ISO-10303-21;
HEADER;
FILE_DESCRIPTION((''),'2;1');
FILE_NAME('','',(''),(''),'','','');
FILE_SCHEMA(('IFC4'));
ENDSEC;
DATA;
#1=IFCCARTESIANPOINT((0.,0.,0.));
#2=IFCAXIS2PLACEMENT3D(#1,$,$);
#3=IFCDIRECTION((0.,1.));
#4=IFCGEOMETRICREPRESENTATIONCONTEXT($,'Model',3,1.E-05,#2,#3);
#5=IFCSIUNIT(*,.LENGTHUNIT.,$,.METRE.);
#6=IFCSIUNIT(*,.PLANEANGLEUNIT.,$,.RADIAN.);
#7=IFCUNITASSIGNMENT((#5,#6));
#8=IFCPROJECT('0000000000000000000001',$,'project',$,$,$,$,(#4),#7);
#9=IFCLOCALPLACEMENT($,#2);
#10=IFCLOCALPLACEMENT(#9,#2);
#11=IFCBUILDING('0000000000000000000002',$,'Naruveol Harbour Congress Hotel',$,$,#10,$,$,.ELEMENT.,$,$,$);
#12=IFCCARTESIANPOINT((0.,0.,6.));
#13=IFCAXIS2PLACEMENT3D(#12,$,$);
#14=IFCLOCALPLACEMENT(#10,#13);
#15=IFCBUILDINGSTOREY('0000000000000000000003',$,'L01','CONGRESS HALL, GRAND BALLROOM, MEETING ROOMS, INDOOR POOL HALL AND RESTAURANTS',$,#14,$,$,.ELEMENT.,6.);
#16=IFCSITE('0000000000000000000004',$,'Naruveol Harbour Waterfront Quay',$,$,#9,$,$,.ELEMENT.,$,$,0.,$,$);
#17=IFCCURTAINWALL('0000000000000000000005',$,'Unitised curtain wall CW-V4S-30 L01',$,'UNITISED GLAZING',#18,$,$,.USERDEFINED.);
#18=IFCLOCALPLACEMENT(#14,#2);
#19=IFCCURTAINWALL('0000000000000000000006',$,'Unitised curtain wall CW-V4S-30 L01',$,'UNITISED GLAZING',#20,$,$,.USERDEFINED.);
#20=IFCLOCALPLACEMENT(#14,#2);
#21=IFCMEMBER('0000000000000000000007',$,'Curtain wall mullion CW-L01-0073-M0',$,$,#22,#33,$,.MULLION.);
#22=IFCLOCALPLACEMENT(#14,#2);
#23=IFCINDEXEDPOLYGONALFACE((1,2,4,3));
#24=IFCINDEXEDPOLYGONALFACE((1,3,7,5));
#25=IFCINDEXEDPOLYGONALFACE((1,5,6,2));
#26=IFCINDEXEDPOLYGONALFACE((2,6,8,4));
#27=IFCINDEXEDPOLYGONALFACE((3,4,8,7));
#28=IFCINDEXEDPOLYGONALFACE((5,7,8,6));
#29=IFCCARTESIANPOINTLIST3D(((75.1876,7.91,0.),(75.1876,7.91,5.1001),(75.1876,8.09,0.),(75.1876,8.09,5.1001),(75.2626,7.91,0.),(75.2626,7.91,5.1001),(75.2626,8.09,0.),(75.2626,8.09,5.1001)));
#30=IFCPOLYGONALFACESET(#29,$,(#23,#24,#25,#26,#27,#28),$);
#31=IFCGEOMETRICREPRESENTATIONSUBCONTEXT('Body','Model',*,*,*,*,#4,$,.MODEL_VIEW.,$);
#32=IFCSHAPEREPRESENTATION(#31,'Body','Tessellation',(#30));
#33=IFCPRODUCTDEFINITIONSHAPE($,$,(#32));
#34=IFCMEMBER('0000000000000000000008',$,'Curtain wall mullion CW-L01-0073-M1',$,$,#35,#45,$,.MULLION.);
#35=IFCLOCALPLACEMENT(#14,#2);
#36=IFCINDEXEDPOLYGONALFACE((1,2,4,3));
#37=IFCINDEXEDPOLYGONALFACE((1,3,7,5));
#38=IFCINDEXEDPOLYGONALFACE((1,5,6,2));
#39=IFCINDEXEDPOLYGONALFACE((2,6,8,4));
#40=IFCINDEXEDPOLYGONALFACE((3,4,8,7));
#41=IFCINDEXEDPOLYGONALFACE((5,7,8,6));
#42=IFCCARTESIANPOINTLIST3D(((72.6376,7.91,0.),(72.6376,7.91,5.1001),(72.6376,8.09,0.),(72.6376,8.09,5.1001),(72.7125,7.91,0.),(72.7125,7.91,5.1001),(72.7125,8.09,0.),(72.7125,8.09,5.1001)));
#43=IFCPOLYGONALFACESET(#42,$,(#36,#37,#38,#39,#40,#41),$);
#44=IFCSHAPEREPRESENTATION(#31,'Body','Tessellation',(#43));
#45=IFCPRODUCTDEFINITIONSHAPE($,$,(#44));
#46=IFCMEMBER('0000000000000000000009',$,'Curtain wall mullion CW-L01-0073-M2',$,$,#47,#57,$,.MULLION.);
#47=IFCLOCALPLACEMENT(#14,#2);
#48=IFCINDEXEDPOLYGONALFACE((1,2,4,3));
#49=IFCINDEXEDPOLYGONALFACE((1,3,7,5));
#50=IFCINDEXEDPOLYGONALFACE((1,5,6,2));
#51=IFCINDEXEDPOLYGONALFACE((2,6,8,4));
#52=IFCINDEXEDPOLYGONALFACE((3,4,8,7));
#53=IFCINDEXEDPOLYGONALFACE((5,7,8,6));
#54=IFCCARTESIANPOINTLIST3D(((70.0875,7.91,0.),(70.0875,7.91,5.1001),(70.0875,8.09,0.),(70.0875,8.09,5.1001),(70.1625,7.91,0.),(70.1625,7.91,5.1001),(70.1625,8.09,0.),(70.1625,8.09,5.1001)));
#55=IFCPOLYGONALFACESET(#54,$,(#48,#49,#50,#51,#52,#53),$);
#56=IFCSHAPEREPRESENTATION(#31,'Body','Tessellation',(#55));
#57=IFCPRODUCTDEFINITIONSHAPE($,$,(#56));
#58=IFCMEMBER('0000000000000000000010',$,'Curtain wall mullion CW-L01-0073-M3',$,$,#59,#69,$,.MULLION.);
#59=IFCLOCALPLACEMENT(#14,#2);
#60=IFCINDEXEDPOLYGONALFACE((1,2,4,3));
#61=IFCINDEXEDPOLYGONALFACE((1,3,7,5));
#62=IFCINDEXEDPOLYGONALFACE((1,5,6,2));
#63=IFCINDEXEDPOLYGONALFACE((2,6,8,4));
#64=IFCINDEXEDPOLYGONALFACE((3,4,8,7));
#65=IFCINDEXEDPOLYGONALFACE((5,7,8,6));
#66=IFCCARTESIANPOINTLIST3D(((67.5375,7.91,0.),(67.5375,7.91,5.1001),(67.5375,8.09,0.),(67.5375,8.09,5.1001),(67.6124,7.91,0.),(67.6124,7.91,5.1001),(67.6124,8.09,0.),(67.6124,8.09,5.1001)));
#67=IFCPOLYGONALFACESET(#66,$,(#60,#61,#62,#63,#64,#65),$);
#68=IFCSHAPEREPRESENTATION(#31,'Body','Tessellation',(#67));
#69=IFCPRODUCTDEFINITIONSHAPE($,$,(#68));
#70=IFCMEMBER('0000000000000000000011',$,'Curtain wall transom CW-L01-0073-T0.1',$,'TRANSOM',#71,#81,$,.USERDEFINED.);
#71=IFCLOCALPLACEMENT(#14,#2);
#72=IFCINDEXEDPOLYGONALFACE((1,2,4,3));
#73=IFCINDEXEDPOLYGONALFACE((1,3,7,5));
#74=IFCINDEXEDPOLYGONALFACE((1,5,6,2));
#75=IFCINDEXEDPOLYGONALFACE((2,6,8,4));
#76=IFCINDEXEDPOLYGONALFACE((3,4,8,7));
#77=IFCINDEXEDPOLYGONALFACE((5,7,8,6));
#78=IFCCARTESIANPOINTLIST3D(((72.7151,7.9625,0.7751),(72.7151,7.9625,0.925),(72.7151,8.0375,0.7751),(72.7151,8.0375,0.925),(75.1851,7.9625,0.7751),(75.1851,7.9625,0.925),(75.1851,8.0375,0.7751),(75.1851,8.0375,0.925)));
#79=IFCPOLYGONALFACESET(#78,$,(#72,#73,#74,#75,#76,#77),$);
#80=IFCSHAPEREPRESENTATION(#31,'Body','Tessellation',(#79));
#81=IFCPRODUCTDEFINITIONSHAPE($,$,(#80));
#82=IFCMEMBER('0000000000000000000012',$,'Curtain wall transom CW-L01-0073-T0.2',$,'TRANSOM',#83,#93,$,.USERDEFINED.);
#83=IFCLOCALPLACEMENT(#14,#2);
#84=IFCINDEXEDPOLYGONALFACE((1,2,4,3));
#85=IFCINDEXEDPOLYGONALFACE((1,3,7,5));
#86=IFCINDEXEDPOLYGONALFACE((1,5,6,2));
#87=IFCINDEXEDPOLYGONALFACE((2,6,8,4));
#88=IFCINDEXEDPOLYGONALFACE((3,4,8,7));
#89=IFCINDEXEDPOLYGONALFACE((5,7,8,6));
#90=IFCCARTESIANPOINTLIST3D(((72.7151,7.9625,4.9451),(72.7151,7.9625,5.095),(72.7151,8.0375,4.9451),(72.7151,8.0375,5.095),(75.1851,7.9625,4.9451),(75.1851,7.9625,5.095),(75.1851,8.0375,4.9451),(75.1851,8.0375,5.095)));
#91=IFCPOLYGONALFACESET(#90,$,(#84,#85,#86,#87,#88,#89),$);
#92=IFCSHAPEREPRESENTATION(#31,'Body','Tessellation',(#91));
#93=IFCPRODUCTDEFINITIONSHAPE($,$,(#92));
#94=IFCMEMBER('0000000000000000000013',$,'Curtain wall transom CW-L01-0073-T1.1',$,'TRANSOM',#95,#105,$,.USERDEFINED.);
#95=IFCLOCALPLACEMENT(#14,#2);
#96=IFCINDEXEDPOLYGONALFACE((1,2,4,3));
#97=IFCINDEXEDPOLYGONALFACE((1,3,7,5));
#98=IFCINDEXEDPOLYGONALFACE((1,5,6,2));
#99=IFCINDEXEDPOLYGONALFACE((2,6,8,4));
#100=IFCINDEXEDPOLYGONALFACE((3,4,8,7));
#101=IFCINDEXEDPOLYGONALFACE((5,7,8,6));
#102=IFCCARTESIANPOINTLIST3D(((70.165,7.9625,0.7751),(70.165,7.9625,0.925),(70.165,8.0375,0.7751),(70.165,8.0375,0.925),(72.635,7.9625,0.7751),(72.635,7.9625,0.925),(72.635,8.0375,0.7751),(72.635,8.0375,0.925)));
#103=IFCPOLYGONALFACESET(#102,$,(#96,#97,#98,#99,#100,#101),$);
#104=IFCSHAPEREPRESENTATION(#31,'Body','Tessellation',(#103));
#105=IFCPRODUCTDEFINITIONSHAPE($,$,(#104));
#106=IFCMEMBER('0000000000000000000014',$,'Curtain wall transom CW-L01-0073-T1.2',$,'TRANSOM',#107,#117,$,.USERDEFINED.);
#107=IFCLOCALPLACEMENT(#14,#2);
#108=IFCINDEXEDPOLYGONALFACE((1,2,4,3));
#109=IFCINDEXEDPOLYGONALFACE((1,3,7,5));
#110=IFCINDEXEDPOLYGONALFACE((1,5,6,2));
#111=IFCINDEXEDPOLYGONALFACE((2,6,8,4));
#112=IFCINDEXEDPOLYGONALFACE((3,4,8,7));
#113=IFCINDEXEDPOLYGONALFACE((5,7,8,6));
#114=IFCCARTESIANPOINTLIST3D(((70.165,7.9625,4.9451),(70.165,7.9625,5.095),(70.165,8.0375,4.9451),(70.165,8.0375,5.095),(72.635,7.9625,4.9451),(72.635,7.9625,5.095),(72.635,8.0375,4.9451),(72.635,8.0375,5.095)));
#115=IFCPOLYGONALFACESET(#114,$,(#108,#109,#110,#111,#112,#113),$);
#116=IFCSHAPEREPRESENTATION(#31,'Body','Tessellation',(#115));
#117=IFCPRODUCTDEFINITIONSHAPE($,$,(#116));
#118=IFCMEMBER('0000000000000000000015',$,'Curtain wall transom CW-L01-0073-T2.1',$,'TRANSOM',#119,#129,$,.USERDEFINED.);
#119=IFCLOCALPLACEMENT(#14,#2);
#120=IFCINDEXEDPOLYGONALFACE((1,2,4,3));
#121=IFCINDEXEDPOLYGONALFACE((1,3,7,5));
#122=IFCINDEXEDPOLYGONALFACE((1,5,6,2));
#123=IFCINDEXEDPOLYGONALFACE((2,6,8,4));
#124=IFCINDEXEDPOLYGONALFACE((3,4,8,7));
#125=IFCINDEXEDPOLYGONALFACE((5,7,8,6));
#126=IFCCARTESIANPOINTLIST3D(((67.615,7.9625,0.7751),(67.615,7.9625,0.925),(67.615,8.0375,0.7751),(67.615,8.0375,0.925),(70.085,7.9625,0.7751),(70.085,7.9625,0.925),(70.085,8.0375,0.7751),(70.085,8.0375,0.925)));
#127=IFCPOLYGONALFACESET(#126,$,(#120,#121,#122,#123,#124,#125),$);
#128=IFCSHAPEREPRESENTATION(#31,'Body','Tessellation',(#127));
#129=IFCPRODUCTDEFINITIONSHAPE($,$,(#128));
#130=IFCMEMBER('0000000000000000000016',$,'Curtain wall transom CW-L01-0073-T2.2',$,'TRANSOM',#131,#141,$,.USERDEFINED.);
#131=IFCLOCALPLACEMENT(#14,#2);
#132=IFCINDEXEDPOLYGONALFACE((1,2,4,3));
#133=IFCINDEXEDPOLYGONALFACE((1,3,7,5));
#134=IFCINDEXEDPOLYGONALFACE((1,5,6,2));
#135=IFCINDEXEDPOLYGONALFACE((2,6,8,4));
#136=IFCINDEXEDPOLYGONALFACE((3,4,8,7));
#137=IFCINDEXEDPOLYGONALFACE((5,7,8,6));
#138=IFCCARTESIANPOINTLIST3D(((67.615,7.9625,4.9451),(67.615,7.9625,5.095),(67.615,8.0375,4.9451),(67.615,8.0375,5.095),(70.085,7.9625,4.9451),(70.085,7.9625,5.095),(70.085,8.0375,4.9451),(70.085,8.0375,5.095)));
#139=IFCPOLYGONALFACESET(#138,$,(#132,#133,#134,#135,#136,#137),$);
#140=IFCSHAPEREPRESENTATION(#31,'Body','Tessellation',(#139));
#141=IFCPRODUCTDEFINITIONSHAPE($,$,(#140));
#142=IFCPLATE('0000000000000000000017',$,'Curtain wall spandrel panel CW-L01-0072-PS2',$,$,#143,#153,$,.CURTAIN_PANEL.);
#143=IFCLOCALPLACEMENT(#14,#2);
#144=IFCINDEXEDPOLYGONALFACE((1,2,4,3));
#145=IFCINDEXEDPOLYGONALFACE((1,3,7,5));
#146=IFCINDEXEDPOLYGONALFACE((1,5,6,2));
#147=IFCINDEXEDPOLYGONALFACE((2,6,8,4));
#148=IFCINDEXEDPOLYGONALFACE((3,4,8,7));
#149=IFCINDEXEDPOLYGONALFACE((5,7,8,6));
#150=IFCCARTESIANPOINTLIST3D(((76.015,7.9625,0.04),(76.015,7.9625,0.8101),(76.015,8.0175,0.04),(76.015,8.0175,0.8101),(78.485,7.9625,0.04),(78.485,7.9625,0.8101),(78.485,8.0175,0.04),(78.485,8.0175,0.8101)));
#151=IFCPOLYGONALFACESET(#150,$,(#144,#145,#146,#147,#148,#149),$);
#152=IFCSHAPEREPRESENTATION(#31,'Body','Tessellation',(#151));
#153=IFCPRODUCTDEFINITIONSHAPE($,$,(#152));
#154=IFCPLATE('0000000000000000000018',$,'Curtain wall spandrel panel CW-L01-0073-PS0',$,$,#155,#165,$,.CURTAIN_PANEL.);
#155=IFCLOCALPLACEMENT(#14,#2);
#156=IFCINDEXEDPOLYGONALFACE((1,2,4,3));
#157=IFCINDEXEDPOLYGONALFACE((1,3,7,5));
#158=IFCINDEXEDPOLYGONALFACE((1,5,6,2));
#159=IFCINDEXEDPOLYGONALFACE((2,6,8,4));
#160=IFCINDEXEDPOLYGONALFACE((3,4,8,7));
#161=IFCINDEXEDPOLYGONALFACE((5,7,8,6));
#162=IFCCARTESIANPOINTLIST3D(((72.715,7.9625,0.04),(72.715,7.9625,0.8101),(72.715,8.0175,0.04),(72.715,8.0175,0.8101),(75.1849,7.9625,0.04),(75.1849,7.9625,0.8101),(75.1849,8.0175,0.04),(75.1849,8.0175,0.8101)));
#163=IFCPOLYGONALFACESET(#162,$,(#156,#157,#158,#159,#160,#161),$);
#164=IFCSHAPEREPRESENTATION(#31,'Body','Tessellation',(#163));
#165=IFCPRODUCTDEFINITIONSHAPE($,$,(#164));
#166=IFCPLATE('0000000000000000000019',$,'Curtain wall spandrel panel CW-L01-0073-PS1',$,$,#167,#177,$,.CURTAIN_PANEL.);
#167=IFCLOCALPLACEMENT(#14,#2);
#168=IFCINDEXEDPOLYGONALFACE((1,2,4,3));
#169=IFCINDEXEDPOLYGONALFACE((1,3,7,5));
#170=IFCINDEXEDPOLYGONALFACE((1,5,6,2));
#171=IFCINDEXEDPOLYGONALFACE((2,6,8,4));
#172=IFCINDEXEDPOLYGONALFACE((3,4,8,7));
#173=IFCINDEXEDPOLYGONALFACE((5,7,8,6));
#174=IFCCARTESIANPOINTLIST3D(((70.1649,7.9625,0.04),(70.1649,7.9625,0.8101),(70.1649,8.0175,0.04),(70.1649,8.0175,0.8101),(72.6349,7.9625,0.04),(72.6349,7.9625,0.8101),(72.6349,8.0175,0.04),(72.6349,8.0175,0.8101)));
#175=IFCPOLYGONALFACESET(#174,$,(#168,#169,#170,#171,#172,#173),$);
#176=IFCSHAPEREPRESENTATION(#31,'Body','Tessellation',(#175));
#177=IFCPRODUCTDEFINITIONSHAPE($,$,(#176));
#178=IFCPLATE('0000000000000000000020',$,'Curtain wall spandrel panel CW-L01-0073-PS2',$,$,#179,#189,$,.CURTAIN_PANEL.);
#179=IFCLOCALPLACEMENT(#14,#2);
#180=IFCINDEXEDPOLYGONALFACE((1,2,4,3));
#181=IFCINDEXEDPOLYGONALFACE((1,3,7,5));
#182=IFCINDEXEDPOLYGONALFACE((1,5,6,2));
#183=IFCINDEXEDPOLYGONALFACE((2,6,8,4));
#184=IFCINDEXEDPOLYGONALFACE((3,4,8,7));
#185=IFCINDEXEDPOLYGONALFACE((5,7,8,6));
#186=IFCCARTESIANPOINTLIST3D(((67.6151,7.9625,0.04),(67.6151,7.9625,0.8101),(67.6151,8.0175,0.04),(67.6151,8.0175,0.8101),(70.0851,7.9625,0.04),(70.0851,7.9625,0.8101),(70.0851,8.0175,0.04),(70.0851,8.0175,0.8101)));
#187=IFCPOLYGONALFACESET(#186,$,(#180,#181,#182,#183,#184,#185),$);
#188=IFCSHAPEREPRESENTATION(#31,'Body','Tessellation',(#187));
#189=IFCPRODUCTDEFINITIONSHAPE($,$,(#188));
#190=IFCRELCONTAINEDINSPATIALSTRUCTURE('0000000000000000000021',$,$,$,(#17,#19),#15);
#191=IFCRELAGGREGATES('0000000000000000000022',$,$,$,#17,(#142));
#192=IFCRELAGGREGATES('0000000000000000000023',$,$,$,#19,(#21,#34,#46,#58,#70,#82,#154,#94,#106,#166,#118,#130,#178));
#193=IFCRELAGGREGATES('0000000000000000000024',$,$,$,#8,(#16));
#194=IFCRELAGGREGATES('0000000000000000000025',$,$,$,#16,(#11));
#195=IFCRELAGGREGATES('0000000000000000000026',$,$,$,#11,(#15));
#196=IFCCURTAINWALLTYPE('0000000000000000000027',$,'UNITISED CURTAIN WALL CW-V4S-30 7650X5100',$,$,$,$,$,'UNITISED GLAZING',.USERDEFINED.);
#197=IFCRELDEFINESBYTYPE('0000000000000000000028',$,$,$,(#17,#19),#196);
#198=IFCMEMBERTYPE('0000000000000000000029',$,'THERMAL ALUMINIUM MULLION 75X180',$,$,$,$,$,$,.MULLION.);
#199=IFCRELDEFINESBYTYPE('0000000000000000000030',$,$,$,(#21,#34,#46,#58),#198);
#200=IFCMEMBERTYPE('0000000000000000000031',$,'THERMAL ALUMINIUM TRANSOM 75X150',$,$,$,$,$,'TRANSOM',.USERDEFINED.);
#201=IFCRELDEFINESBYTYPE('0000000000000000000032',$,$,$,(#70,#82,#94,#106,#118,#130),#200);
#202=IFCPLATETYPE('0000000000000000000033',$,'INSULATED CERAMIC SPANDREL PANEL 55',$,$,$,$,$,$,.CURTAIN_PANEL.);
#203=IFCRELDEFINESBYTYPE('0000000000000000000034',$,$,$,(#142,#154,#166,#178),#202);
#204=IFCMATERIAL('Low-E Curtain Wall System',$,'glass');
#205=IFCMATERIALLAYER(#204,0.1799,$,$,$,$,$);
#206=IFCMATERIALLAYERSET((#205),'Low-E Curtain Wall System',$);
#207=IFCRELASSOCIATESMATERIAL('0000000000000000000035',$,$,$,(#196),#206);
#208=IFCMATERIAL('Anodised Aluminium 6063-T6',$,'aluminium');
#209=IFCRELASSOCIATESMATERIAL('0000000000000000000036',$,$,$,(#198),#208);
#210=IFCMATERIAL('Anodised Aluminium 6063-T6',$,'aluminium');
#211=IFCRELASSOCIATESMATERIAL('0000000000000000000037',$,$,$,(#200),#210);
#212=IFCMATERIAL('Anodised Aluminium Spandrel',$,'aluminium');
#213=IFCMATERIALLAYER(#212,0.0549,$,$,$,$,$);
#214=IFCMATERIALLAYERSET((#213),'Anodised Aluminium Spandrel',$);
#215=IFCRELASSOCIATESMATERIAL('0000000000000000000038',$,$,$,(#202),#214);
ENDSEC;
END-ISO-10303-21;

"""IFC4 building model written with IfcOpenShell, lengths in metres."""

from ifc_helpers import new_model, si_unit, direction, frame, origin, origin_2d, place, context, subcontext, project, spatial, rectangle, extrude, material, layer, layer_set, material_profile, profile_set, type_object, element, aggregate, save


model = new_model("IFC4")

# Units and contexts
model_context = context("Model", 3, precision=1e-05, world=origin(), true_north=direction((0.0, 1.0)))
body_context = subcontext(model_context, "Body", "Model", "MODEL_VIEW")
ifc_project = project(units=[si_unit("LENGTHUNIT", "METRE"), si_unit("PLANEANGLEUNIT", "RADIAN")], contexts=[model_context])

# Site, building, storey
site_placement = place(None, origin())
site = spatial("IfcSite", under=ifc_project, at=site_placement, Name="Naruveol Harbour Waterfront Quay", CompositionType="ELEMENT", RefElevation=0.0)
building_placement = place(site_placement, origin())
building = spatial("IfcBuilding", under=site, at=building_placement, Name="Naruveol Harbour Congress Hotel", CompositionType="ELEMENT")
storey_placement = place(building_placement, frame((0.0, 0.0, 6.0)))
storey = spatial("IfcBuildingStorey", under=building, at=storey_placement, Name="L01", Description="CONGRESS HALL, GRAND BALLROOM, MEETING ROOMS, INDOOR POOL HALL AND RESTAURANTS", CompositionType="ELEMENT", Elevation=6.0)

# Curtain wall
ifc_material_1 = material(Name="Low-E Curtain Wall System", Category="glass")
ifc_layer_1 = layer(ifc_material_1, 0.1799)
ifc_layer_set_1 = layer_set([ifc_layer_1], Name="Low-E Curtain Wall System")
curtain_wall_type = type_object("IfcCurtainWallType", Name="UNITISED CURTAIN WALL CW-V4S-30 7650X5100", ElementType="UNITISED GLAZING", PredefinedType="USERDEFINED", material=ifc_layer_set_1)
curtain_wall_1_placement = place(storey_placement, origin())
curtain_wall_1 = element("IfcCurtainWall", 1, at=curtain_wall_1_placement, inside=storey, type_object=curtain_wall_type, Name="Unitised curtain wall CW-V4S-30 L01", ObjectType="UNITISED GLAZING", PredefinedType="USERDEFINED")
ifc_material_2 = material(Name="Anodised Aluminium 6063-T6", Category="aluminium")
ifc_material_profile_1 = material_profile(ifc_material_2, rectangle(XDim=0.075, YDim=0.1799, at=origin_2d()), Name="ALU-75x180")
ifc_profile_set_1 = profile_set([ifc_material_profile_1], Name="Anodised Aluminium 6063-T6")
member_type_1 = type_object("IfcMemberType", Name="THERMAL ALUMINIUM MULLION 75X180", PredefinedType="MULLION", material=ifc_profile_set_1)

# Curtain wall, members
curtain_wall_2_placement = place(storey_placement, origin())
curtain_wall_2 = element("IfcCurtainWall", 2, at=curtain_wall_2_placement, inside=storey, type_object=curtain_wall_type, Name="Unitised curtain wall CW-V4S-30 L01", ObjectType="UNITISED GLAZING", PredefinedType="USERDEFINED")
member_1_placement = place(storey_placement, frame((75.2251, 8.0, 0.0), z_axis=(0.0, 0.0, 1.0), x_axis=(1.0, 0.0, 0.0)))
member_1 = element("IfcMember", 3, at=member_1_placement, type_object=member_type_1, Name="Curtain wall mullion CW-L01-0073-M0", PredefinedType="MULLION", context=body_context, shape_type="SweptSolid", body=[
    extrude(rectangle(XDim=0.075, YDim=0.1799, at=origin_2d()), origin(), (0.0, 0.0, 1.0), 5.1001),
])
member_2_placement = place(storey_placement, frame((72.675, 8.0, 0.0), z_axis=(0.0, 0.0, 1.0), x_axis=(1.0, 0.0, 0.0)))
member_2 = element("IfcMember", 4, at=member_2_placement, type_object=member_type_1, Name="Curtain wall mullion CW-L01-0073-M1", PredefinedType="MULLION", context=body_context, shape_type="SweptSolid", body=[
    extrude(rectangle(XDim=0.075, YDim=0.1799, at=origin_2d()), origin(), (0.0, 0.0, 1.0), 5.1001),
])
member_3_placement = place(storey_placement, frame((70.125, 8.0, 0.0), z_axis=(0.0, 0.0, 1.0), x_axis=(1.0, 0.0, 0.0)))
member_3 = element("IfcMember", 5, at=member_3_placement, type_object=member_type_1, Name="Curtain wall mullion CW-L01-0073-M2", PredefinedType="MULLION", context=body_context, shape_type="SweptSolid", body=[
    extrude(rectangle(XDim=0.075, YDim=0.1799, at=origin_2d()), origin(), (0.0, 0.0, 1.0), 5.1001),
])
member_4_placement = place(storey_placement, frame((67.575, 8.0, 0.0), z_axis=(0.0, 0.0, 1.0), x_axis=(1.0, 0.0, 0.0)))
member_4 = element("IfcMember", 6, at=member_4_placement, type_object=member_type_1, Name="Curtain wall mullion CW-L01-0073-M3", PredefinedType="MULLION", context=body_context, shape_type="SweptSolid", body=[
    extrude(rectangle(XDim=0.075, YDim=0.1799, at=origin_2d()), origin(), (0.0, 0.0, 1.0), 5.1001),
])
ifc_material_3 = material(Name="Anodised Aluminium 6063-T6", Category="aluminium")
ifc_material_profile_2 = material_profile(ifc_material_3, rectangle(XDim=0.075, YDim=0.1499, at=origin_2d()), Name="ALU-75x150")
ifc_profile_set_2 = profile_set([ifc_material_profile_2], Name="Anodised Aluminium 6063-T6")
member_type_2 = type_object("IfcMemberType", Name="THERMAL ALUMINIUM TRANSOM 75X150", ElementType="TRANSOM", PredefinedType="USERDEFINED", material=ifc_profile_set_2)
member_5_placement = place(storey_placement, frame((75.1851, 8.0, 0.8501), z_axis=(-1.0, 0.0, 0.0), x_axis=(0.0, -1.0, 0.0)))
member_5 = element("IfcMember", 7, at=member_5_placement, type_object=member_type_2, Name="Curtain wall transom CW-L01-0073-T0.1", ObjectType="TRANSOM", PredefinedType="USERDEFINED", context=body_context, shape_type="SweptSolid", body=[
    extrude(rectangle(XDim=0.075, YDim=0.1499, at=origin_2d()), origin(), (0.0, 0.0, 1.0), 2.47),
])
member_6_placement = place(storey_placement, frame((75.1851, 8.0, 5.02), z_axis=(-1.0, 0.0, 0.0), x_axis=(0.0, -1.0, 0.0)))
member_6 = element("IfcMember", 8, at=member_6_placement, type_object=member_type_2, Name="Curtain wall transom CW-L01-0073-T0.2", ObjectType="TRANSOM", PredefinedType="USERDEFINED", context=body_context, shape_type="SweptSolid", body=[
    extrude(rectangle(XDim=0.075, YDim=0.1499, at=origin_2d()), origin(), (0.0, 0.0, 1.0), 2.47),
])
member_7_placement = place(storey_placement, frame((72.635, 8.0, 0.8501), z_axis=(-1.0, 0.0, 0.0), x_axis=(0.0, -1.0, 0.0)))
member_7 = element("IfcMember", 9, at=member_7_placement, type_object=member_type_2, Name="Curtain wall transom CW-L01-0073-T1.1", ObjectType="TRANSOM", PredefinedType="USERDEFINED", context=body_context, shape_type="SweptSolid", body=[
    extrude(rectangle(XDim=0.075, YDim=0.1499, at=origin_2d()), origin(), (0.0, 0.0, 1.0), 2.47),
])
member_8_placement = place(storey_placement, frame((72.635, 8.0, 5.02), z_axis=(-1.0, 0.0, 0.0), x_axis=(0.0, -1.0, 0.0)))
member_8 = element("IfcMember", 10, at=member_8_placement, type_object=member_type_2, Name="Curtain wall transom CW-L01-0073-T1.2", ObjectType="TRANSOM", PredefinedType="USERDEFINED", context=body_context, shape_type="SweptSolid", body=[
    extrude(rectangle(XDim=0.075, YDim=0.1499, at=origin_2d()), origin(), (0.0, 0.0, 1.0), 2.47),
])
member_9_placement = place(storey_placement, frame((70.085, 8.0, 0.8501), z_axis=(-1.0, 0.0, 0.0), x_axis=(0.0, -1.0, 0.0)))
member_9 = element("IfcMember", 11, at=member_9_placement, type_object=member_type_2, Name="Curtain wall transom CW-L01-0073-T2.1", ObjectType="TRANSOM", PredefinedType="USERDEFINED", context=body_context, shape_type="SweptSolid", body=[
    extrude(rectangle(XDim=0.075, YDim=0.1499, at=origin_2d()), origin(), (0.0, 0.0, 1.0), 2.47),
])
member_10_placement = place(storey_placement, frame((70.085, 8.0, 5.02), z_axis=(-1.0, 0.0, 0.0), x_axis=(0.0, -1.0, 0.0)))
member_10 = element("IfcMember", 12, at=member_10_placement, type_object=member_type_2, Name="Curtain wall transom CW-L01-0073-T2.2", ObjectType="TRANSOM", PredefinedType="USERDEFINED", context=body_context, shape_type="SweptSolid", body=[
    extrude(rectangle(XDim=0.075, YDim=0.1499, at=origin_2d()), origin(), (0.0, 0.0, 1.0), 2.47),
])

# Plates
ifc_material_4 = material(Name="Anodised Aluminium Spandrel", Category="aluminium")
ifc_layer_2 = layer(ifc_material_4, 0.0549)
ifc_layer_set_2 = layer_set([ifc_layer_2], Name="Anodised Aluminium Spandrel")
plate_type_1 = type_object("IfcPlateType", Name="INSULATED CERAMIC SPANDREL PANEL 55", PredefinedType="CURTAIN_PANEL", material=ifc_layer_set_2)
plate_1_placement = place(storey_placement, frame((77.25, 7.99, 0.04), z_axis=(0.0, 0.0, 1.0), x_axis=(-1.0, 0.0, 0.0)))
plate_1 = element("IfcPlate", 13, at=plate_1_placement, type_object=plate_type_1, Name="Curtain wall spandrel panel CW-L01-0072-PS2", PredefinedType="CURTAIN_PANEL", context=body_context, shape_type="SweptSolid", body=[
    extrude(rectangle(XDim=2.47, YDim=0.0549, at=origin_2d()), origin(), (0.0, 0.0, 1.0), 0.77),
])
plate_2_placement = place(storey_placement, frame((73.95, 7.99, 0.04), z_axis=(0.0, 0.0, 1.0), x_axis=(-1.0, 0.0, 0.0)))
plate_2 = element("IfcPlate", 14, at=plate_2_placement, type_object=plate_type_1, Name="Curtain wall spandrel panel CW-L01-0073-PS0", PredefinedType="CURTAIN_PANEL", context=body_context, shape_type="SweptSolid", body=[
    extrude(rectangle(XDim=2.47, YDim=0.0549, at=origin_2d()), origin(), (0.0, 0.0, 1.0), 0.77),
])
plate_3_placement = place(storey_placement, frame((71.3999, 7.99, 0.04), z_axis=(0.0, 0.0, 1.0), x_axis=(-1.0, 0.0, 0.0)))
plate_3 = element("IfcPlate", 15, at=plate_3_placement, type_object=plate_type_1, Name="Curtain wall spandrel panel CW-L01-0073-PS1", PredefinedType="CURTAIN_PANEL", context=body_context, shape_type="SweptSolid", body=[
    extrude(rectangle(XDim=2.47, YDim=0.0549, at=origin_2d()), origin(), (0.0, 0.0, 1.0), 0.77),
])
plate_4_placement = place(storey_placement, frame((68.8501, 7.99, 0.04), z_axis=(0.0, 0.0, 1.0), x_axis=(-1.0, 0.0, 0.0)))
plate_4 = element("IfcPlate", 16, at=plate_4_placement, type_object=plate_type_1, Name="Curtain wall spandrel panel CW-L01-0073-PS2", PredefinedType="CURTAIN_PANEL", context=body_context, shape_type="SweptSolid", body=[
    extrude(rectangle(XDim=2.47, YDim=0.0549, at=origin_2d()), origin(), (0.0, 0.0, 1.0), 0.77),
])
aggregate(curtain_wall_1, [plate_1])
aggregate(curtain_wall_2, [member_1, member_2, member_3, member_4, member_5, member_6, plate_2, member_7, member_8, plate_3, member_9, member_10, plate_4])

save(model, "model.ifc")
